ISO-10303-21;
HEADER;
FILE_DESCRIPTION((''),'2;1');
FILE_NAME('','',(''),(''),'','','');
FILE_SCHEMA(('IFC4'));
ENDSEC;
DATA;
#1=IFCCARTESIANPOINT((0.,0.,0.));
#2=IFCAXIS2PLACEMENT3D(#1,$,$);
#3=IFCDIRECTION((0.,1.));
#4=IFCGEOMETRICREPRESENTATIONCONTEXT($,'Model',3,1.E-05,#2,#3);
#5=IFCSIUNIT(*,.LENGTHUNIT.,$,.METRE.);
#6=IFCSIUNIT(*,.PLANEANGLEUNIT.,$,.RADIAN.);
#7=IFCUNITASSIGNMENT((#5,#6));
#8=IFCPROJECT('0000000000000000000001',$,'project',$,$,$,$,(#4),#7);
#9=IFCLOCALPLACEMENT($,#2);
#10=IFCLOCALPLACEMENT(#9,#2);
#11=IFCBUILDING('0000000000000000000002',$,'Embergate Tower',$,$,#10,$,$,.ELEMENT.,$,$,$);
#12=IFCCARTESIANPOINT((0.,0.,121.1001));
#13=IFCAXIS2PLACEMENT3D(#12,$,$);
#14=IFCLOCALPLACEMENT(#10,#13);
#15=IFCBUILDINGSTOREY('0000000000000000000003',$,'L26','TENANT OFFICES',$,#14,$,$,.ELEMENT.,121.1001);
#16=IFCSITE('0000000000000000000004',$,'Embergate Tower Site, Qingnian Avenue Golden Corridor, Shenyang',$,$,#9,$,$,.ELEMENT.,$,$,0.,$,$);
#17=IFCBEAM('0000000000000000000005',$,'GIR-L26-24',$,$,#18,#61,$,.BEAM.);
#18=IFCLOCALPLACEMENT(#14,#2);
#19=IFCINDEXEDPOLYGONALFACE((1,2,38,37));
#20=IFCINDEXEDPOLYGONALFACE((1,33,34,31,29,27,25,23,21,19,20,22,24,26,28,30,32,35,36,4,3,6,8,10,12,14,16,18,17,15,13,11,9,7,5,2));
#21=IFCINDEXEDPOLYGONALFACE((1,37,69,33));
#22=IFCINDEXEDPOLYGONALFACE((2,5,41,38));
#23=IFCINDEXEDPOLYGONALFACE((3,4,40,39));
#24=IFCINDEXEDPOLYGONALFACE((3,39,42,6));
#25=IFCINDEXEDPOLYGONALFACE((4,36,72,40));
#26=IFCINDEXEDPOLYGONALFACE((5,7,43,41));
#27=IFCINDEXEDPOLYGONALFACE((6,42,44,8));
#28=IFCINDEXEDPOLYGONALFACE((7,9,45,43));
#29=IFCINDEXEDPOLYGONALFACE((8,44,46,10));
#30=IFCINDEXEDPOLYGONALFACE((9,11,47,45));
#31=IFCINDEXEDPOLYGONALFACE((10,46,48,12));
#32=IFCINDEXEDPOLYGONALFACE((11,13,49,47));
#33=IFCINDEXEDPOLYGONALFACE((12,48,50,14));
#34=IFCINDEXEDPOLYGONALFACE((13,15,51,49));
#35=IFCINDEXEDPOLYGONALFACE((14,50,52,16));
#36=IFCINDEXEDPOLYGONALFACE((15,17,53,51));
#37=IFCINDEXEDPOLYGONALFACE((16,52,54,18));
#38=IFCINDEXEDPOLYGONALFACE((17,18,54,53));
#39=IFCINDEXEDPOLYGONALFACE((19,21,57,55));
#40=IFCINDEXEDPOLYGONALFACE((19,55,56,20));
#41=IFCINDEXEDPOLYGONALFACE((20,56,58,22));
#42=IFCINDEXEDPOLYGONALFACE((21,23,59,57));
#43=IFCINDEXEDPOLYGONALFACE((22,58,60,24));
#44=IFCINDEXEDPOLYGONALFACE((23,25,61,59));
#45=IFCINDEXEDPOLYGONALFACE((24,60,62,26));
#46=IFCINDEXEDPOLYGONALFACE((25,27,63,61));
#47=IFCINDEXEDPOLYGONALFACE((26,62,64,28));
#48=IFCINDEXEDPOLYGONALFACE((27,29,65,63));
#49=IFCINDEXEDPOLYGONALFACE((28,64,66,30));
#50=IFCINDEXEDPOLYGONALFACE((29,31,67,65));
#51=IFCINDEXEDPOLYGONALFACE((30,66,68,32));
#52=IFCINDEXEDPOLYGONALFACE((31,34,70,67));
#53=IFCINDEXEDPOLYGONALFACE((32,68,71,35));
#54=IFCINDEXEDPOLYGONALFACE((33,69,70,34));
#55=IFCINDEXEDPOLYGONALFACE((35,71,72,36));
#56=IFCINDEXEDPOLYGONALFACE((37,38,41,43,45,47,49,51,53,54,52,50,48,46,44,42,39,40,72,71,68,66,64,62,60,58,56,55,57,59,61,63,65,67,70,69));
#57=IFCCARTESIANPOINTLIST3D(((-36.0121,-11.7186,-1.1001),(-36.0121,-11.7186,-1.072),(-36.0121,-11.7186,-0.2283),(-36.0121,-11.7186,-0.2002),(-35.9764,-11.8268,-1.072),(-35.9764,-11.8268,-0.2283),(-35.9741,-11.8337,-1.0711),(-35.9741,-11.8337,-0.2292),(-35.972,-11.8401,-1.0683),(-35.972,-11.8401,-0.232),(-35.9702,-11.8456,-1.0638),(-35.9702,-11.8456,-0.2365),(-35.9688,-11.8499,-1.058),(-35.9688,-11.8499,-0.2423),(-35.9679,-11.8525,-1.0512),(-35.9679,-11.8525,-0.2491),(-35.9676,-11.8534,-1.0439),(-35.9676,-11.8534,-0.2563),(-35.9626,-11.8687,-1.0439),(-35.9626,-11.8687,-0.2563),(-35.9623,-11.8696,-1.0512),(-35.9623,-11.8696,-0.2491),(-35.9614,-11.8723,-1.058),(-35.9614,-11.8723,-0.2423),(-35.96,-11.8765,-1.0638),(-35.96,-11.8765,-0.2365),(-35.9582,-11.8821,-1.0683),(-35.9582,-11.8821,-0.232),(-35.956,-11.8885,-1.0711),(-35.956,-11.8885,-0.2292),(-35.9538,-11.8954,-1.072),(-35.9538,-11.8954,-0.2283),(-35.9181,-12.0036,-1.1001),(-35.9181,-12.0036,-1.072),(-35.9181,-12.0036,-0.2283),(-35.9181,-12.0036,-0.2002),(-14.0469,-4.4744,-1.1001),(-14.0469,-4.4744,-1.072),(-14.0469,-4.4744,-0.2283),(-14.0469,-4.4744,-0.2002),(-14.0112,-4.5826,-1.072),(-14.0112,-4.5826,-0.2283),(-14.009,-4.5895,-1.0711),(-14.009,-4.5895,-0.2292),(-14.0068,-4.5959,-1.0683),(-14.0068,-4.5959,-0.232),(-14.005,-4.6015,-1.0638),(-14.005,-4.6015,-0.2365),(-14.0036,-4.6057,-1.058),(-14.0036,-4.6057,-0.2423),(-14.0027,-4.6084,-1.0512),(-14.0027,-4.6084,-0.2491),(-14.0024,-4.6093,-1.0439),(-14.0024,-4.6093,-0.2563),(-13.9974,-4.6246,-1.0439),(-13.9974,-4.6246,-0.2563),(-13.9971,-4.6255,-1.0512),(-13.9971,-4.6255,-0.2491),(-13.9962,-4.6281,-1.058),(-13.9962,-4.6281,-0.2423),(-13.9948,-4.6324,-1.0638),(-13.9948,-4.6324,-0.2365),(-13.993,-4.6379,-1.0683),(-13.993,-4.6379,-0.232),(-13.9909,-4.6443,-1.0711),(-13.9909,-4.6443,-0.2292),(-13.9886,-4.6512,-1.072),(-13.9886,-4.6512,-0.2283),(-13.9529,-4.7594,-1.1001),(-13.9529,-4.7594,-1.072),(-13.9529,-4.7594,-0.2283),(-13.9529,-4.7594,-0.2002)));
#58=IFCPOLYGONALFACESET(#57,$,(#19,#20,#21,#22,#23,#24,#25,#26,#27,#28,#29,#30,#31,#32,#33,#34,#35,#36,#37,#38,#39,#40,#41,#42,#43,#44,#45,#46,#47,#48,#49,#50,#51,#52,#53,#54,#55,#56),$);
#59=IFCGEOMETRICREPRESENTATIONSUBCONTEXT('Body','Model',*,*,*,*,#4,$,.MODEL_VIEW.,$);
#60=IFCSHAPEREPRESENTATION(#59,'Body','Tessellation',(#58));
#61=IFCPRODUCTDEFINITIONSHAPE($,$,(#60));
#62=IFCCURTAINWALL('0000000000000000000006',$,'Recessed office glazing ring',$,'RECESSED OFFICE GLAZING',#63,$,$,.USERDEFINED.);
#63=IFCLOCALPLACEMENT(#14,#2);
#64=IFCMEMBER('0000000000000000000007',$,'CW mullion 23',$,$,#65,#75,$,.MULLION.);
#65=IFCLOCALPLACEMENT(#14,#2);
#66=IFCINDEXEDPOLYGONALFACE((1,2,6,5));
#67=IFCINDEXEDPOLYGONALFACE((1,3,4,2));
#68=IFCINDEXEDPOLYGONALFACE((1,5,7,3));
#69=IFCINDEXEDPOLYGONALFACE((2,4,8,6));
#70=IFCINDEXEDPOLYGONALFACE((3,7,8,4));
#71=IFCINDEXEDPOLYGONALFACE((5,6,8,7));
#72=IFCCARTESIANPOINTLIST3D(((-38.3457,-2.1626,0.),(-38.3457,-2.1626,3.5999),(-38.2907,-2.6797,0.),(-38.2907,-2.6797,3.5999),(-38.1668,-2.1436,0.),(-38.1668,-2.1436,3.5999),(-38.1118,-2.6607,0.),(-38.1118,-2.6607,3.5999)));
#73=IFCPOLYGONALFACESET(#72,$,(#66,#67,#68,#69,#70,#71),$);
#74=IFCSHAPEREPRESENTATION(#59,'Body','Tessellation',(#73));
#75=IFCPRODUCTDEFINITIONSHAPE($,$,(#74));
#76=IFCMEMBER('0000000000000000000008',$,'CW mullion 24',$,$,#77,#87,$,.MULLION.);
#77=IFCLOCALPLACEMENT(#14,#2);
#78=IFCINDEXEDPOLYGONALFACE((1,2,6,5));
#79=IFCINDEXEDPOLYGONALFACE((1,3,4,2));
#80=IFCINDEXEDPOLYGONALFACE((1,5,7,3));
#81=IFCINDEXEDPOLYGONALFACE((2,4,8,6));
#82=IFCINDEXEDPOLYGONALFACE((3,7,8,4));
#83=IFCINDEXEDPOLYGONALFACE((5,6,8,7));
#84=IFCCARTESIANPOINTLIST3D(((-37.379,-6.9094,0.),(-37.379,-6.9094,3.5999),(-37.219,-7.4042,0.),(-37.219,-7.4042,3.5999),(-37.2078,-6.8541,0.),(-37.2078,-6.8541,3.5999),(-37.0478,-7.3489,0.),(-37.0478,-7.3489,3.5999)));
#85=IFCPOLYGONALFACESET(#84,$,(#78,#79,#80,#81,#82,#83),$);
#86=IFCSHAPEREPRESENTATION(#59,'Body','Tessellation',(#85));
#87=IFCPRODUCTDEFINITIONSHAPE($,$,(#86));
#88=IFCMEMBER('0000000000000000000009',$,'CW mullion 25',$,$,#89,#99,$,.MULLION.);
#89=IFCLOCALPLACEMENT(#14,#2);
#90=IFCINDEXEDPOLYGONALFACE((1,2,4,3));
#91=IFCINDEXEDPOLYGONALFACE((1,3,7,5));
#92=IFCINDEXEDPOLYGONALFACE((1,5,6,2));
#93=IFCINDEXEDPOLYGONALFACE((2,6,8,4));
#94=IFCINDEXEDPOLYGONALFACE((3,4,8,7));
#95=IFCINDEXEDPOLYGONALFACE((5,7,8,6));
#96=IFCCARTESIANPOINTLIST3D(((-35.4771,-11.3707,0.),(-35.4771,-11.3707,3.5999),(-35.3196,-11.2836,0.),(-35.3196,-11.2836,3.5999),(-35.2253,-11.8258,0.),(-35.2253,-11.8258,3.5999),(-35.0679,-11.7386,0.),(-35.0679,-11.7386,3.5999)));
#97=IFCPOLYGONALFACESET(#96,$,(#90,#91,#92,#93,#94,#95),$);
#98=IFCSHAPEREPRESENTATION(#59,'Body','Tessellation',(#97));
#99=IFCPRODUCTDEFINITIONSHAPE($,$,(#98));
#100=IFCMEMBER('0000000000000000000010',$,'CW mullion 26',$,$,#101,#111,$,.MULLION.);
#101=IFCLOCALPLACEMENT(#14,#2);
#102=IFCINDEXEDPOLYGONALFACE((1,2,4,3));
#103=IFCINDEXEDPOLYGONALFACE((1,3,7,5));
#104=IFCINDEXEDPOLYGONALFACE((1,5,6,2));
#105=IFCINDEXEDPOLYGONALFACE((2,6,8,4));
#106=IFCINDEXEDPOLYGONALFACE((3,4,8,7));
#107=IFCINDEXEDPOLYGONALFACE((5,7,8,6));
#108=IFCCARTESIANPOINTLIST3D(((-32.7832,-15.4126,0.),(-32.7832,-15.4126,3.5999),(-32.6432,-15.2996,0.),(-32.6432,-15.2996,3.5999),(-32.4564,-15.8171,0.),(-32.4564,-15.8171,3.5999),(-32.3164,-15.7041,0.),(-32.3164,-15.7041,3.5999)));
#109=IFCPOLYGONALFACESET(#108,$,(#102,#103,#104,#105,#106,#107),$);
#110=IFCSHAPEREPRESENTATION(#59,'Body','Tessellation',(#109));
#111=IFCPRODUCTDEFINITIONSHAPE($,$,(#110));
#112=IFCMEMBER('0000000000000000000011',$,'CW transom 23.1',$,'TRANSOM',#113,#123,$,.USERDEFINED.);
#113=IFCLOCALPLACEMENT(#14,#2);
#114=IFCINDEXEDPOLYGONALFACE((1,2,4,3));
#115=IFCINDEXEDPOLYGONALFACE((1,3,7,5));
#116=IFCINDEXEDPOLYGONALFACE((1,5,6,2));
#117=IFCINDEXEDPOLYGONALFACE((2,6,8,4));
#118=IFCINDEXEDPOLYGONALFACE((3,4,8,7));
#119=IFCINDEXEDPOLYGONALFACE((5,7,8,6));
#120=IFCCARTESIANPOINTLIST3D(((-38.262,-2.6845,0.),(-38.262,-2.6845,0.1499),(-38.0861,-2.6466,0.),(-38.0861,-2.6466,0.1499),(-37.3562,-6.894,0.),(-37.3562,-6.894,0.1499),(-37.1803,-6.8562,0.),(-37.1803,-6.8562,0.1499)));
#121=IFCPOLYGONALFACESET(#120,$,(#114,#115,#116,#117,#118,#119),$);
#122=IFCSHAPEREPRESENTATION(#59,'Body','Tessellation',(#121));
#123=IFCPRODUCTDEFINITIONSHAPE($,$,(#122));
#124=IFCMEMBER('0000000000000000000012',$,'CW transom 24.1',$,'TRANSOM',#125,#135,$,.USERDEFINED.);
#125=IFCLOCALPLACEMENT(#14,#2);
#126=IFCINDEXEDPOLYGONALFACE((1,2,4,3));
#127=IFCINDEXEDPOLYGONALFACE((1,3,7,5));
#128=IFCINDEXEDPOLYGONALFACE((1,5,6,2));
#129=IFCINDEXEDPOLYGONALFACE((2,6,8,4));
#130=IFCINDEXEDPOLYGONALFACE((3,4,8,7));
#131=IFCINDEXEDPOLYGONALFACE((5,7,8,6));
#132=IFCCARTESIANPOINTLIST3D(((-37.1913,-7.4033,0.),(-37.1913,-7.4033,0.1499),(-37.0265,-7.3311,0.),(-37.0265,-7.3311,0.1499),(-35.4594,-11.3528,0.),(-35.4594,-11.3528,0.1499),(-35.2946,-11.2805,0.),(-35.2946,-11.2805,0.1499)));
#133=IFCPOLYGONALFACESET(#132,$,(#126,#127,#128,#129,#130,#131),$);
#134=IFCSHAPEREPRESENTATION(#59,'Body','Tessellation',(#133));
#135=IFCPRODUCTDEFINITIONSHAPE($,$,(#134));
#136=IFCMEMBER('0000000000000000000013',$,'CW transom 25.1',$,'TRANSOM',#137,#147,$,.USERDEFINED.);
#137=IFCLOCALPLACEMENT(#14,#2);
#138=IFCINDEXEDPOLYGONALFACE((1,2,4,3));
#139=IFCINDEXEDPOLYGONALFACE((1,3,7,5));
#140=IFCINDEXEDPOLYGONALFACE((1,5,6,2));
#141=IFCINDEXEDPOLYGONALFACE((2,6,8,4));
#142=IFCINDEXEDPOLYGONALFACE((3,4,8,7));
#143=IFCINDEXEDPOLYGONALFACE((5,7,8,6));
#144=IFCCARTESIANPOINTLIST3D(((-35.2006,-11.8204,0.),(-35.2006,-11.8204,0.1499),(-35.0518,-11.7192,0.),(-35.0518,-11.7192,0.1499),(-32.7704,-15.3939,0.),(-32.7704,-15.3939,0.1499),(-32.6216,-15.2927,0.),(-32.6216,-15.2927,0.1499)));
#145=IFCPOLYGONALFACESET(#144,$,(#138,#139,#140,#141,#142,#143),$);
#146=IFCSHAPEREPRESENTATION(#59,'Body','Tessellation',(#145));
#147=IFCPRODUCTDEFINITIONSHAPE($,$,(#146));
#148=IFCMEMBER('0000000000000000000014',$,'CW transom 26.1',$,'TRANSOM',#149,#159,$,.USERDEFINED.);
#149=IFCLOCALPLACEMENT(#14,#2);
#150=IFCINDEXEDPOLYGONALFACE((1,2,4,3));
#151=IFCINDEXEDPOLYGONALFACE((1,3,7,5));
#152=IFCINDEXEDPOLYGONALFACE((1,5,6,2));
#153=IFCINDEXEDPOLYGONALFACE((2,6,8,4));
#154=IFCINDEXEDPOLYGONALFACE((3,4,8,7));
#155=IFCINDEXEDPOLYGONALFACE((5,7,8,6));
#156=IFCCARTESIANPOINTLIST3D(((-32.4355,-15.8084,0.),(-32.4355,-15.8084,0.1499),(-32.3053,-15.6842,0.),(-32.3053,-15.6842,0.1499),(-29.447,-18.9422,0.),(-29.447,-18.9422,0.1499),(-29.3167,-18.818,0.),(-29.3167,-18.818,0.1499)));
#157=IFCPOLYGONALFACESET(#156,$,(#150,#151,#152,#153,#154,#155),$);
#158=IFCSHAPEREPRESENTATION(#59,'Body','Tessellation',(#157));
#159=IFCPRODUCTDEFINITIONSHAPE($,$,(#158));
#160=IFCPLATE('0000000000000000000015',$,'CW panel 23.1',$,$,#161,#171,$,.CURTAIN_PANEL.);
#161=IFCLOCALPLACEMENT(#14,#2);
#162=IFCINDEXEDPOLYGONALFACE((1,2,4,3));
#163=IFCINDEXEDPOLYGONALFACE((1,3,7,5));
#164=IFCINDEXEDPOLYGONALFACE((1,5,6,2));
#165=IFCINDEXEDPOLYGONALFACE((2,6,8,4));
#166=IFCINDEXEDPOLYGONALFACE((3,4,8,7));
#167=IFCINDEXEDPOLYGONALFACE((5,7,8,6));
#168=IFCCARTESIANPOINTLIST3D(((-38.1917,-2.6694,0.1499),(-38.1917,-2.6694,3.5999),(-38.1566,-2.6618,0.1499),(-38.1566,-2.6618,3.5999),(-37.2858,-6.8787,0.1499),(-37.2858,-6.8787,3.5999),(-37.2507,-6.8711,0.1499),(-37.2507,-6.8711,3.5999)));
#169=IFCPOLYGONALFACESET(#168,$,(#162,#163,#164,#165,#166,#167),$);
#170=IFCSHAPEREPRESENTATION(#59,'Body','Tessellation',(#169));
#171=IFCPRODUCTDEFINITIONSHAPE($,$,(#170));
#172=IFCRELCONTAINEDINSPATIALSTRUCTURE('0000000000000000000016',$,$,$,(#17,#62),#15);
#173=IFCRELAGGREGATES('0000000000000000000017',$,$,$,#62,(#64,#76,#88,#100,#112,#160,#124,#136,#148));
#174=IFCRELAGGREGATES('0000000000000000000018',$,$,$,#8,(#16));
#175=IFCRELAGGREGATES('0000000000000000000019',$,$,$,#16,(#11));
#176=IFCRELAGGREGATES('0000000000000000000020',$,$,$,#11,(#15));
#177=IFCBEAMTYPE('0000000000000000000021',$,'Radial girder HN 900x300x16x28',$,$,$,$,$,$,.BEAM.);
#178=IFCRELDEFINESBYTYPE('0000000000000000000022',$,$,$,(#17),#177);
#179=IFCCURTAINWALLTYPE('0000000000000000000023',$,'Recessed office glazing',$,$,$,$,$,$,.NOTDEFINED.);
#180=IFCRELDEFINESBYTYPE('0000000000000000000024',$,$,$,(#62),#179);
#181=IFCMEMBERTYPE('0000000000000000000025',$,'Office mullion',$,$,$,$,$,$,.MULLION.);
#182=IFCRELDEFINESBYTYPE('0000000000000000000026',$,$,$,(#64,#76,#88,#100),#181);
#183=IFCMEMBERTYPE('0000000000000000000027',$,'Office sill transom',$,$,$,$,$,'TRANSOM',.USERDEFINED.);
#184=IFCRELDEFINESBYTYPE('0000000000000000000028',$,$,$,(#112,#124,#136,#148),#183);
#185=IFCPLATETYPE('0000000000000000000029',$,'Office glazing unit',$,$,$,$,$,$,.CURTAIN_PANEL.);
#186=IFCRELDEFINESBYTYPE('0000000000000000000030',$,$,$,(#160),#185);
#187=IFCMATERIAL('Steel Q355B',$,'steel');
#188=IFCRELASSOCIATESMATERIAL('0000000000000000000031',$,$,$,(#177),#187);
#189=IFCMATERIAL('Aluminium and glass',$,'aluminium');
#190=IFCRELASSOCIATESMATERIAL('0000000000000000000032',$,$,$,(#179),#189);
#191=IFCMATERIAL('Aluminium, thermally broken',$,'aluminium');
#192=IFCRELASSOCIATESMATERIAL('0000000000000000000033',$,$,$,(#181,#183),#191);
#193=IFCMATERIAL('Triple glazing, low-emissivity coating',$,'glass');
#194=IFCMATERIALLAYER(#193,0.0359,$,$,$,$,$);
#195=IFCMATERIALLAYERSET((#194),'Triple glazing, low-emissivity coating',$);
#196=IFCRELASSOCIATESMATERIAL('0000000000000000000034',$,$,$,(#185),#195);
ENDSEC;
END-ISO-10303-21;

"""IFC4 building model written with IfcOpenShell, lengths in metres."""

from ifc_helpers import new_model, si_unit, direction, frame, origin, origin_2d, place, context, subcontext, project, spatial, rectangle, i_section, extrude, source, transform, mapped, material, layer, layer_set, material_profile, profile_set, type_object, element, aggregate, save


model = new_model("IFC4")

# Units and contexts
model_context = context("Model", 3, precision=1e-05, world=origin(), true_north=direction((0.0, 1.0)))
body_context = subcontext(model_context, "Body", "Model", "MODEL_VIEW")
ifc_project = project(units=[si_unit("LENGTHUNIT", "METRE"), si_unit("PLANEANGLEUNIT", "RADIAN")], contexts=[model_context])

# Site, building, storey
site_placement = place(None, origin())
site = spatial("IfcSite", under=ifc_project, at=site_placement, Name="Embergate Tower Site, Qingnian Avenue Golden Corridor, Shenyang", CompositionType="ELEMENT", RefElevation=0.0)
building_placement = place(site_placement, origin())
building = spatial("IfcBuilding", under=site, at=building_placement, Name="Embergate Tower", CompositionType="ELEMENT")
storey_placement = place(building_placement, frame((0.0, 0.0, 121.1001)))
storey = spatial("IfcBuildingStorey", under=building, at=storey_placement, Name="L26", Description="TENANT OFFICES", CompositionType="ELEMENT", Elevation=121.1001)

# Beam
ifc_material_1 = material(Name="Steel Q355B", Category="steel")
ifc_material_profile_1 = material_profile(ifc_material_1, i_section(OverallWidth=0.3, OverallDepth=0.8999, WebThickness=0.0161, FlangeThickness=0.0281, FilletRadius=0.0281, at=origin_2d()), Name="HN 900x300x16x28")
ifc_profile_set_1 = profile_set([ifc_material_profile_1], Name="Steel Q355 grade B")
beam_type_1 = type_object("IfcBeamType", Name="Radial girder HN 900x300x16x28", PredefinedType="BEAM", material=ifc_profile_set_1)
shared_shape_1 = source(origin(), body_context, "Body", "SweptSolid", [
    extrude(i_section(OverallWidth=0.3, OverallDepth=0.8999, WebThickness=0.0161, FlangeThickness=0.0281, FilletRadius=0.0281, at=origin_2d()), origin(), (0.0, 0.0, 1.0), 23.1289),
])
beam_1_placement = place(storey_placement, frame((-35.9651, -11.8611, -0.6501), z_axis=(0.949684, 0.313208, 0.0), x_axis=(-0.313208, 0.949684, 0.0)))
element("IfcBeam", 1, at=beam_1_placement, inside=storey, type_object=beam_type_1, Name="GIR-L26-24", PredefinedType="BEAM", context=body_context, shape_type="MappedRepresentation", body=[
    mapped(shared_shape_1, transform((0.0, 0.0, 0.0))),
])

# Curtain wall, members, plate
ifc_material_2 = material(Name="Aluminium and glass", Category="aluminium")
curtain_wall_type = type_object("IfcCurtainWallType", Name="Recessed office glazing", PredefinedType="NOTDEFINED", material=ifc_material_2)
curtain_wall_placement = place(storey_placement, origin())
curtain_wall = element("IfcCurtainWall", 2, at=curtain_wall_placement, inside=storey, type_object=curtain_wall_type, Name="Recessed office glazing ring", ObjectType="RECESSED OFFICE GLAZING", PredefinedType="USERDEFINED")
ifc_material_3 = material(Name="Aluminium, thermally broken", Category="aluminium")
ifc_material_profile_2 = material_profile(ifc_material_3, rectangle(XDim=0.1799, YDim=0.52, at=origin_2d()), Name="AL 520x180")
ifc_profile_set_2 = profile_set([ifc_material_profile_2], Name="Aluminium, thermally broken")
member_type_1 = type_object("IfcMemberType", Name="Office mullion", PredefinedType="MULLION", material=ifc_profile_set_2)
shared_shape_2 = source(origin(), body_context, "Body", "SweptSolid", [
    extrude(rectangle(XDim=0.1799, YDim=0.52, at=origin_2d()), origin(), (0.0, 0.0, 1.0), 3.5999),
])
member_1_placement = place(storey_placement, frame((-38.2288, -2.4116, 0.0), z_axis=(0.0, 0.0, 1.0), x_axis=(0.994385, 0.105822, 0.0)))
member_1 = element("IfcMember", 3, at=member_1_placement, type_object=member_type_1, Name="CW mullion 23", PredefinedType="MULLION", context=body_context, shape_type="MappedRepresentation", body=[
    mapped(shared_shape_2, transform((0.0, 0.0, 0.0))),
])
member_2_placement = place(storey_placement, frame((-37.2134, -7.1292, 0.0), z_axis=(0.0, 0.0, 1.0), x_axis=(0.951499, 0.307652, 0.0)))
member_2 = element("IfcMember", 4, at=member_2_placement, type_object=member_type_1, Name="CW mullion 24", PredefinedType="MULLION", context=body_context, shape_type="MappedRepresentation", body=[
    mapped(shared_shape_2, transform((0.0, 0.0, 0.0))),
])
member_3_placement = place(storey_placement, frame((-35.2725, -11.5547, 0.0), z_axis=(0.0, 0.0, 1.0), x_axis=(0.875004, 0.484116, 0.0)))
member_3 = element("IfcMember", 5, at=member_3_placement, type_object=member_type_1, Name="CW mullion 25", PredefinedType="MULLION", context=body_context, shape_type="MappedRepresentation", body=[
    mapped(shared_shape_2, transform((0.0, 0.0, 0.0))),
])
member_4_placement = place(storey_placement, frame((-32.5498, -15.5583, 0.0), z_axis=(0.0, 0.0, 1.0), x_axis=(0.777875, 0.628419, 0.0)))
member_4 = element("IfcMember", 6, at=member_4_placement, type_object=member_type_1, Name="CW mullion 26", PredefinedType="MULLION", context=body_context, shape_type="MappedRepresentation", body=[
    mapped(shared_shape_2, transform((0.0, 0.0, 0.0))),
])
ifc_material_profile_3 = material_profile(ifc_material_3, rectangle(XDim=0.1799, YDim=0.1499, at=origin_2d()), Name="AL 150x180")
ifc_profile_set_3 = profile_set([ifc_material_profile_3], Name="Aluminium, thermally broken")
member_type_2 = type_object("IfcMemberType", Name="Office sill transom", ElementType="TRANSOM", PredefinedType="USERDEFINED", material=ifc_profile_set_3)
shared_shape_3 = source(origin(), body_context, "Body", "SweptSolid", [
    extrude(rectangle(XDim=0.1799, YDim=0.1499, at=origin_2d()), origin(), (0.0, 0.0, 1.0), 4.3059),
])
member_5_placement = place(storey_placement, frame((-38.1741, -2.6655, 0.075), z_axis=(0.210358, -0.977624, 0.0), x_axis=(0.977624, 0.210358, 0.0)))
member_5 = element("IfcMember", 7, at=member_5_placement, type_object=member_type_2, Name="CW transom 23.1", ObjectType="TRANSOM", PredefinedType="USERDEFINED", context=body_context, shape_type="MappedRepresentation", body=[
    mapped(shared_shape_3, transform((0.0, 0.0, 0.0))),
])
shared_shape_4 = source(origin(), body_context, "Body", "SweptSolid", [
    extrude(rectangle(XDim=0.1799, YDim=0.1499, at=origin_2d()), origin(), (0.0, 0.0, 1.0), 4.3125),
])
member_6_placement = place(storey_placement, frame((-37.1089, -7.3672, 0.075), z_axis=(0.401606, -0.915813, 0.0), x_axis=(0.915813, 0.401606, 0.0)))
member_6 = element("IfcMember", 8, at=member_6_placement, type_object=member_type_2, Name="CW transom 24.1", ObjectType="TRANSOM", PredefinedType="USERDEFINED", context=body_context, shape_type="MappedRepresentation", body=[
    mapped(shared_shape_4, transform((0.0, 0.0, 0.0))),
])
shared_shape_5 = source(origin(), body_context, "Body", "SweptSolid", [
    extrude(rectangle(XDim=0.1799, YDim=0.1499, at=origin_2d()), origin(), (0.0, 0.0, 1.0), 4.3215),
])
member_7_placement = place(storey_placement, frame((-35.1262, -11.7698, 0.075), z_axis=(0.562342, -0.826904, 0.0), x_axis=(0.826904, 0.562342, 0.0)))
member_7 = element("IfcMember", 9, at=member_7_placement, type_object=member_type_2, Name="CW transom 25.1", ObjectType="TRANSOM", PredefinedType="USERDEFINED", context=body_context, shape_type="MappedRepresentation", body=[
    mapped(shared_shape_5, transform((0.0, 0.0, 0.0))),
])
shared_shape_6 = source(origin(), body_context, "Body", "SweptSolid", [
    extrude(rectangle(XDim=0.1799, YDim=0.1499, at=origin_2d()), origin(), (0.0, 0.0, 1.0), 4.3303),
])
member_8_placement = place(storey_placement, frame((-32.3704, -15.7463, 0.075), z_axis=(0.690135, -0.723681, 0.0), x_axis=(0.723681, 0.690135, 0.0)))
member_8 = element("IfcMember", 10, at=member_8_placement, type_object=member_type_2, Name="CW transom 26.1", ObjectType="TRANSOM", PredefinedType="USERDEFINED", context=body_context, shape_type="MappedRepresentation", body=[
    mapped(shared_shape_6, transform((0.0, 0.0, 0.0))),
])
ifc_material_4 = material(Name="Triple glazing, low-emissivity coating", Category="glass")
ifc_layer_1 = layer(ifc_material_4, 0.0359)
ifc_layer_set_1 = layer_set([ifc_layer_1], Name="Triple glazing, low-emissivity coating")
plate_type = type_object("IfcPlateType", Name="Office glazing unit", PredefinedType="CURTAIN_PANEL", material=ifc_layer_set_1)
shared_shape_7 = source(origin(), body_context, "Body", "SweptSolid", [
    extrude(rectangle(XDim=4.3057, YDim=0.0359, at=origin_2d()), origin(), (0.0, 0.0, 1.0), 3.45),
])
plate_1_placement = place(storey_placement, frame((-37.7212, -4.7703, 0.1499), z_axis=(0.0, 0.0, 1.0), x_axis=(0.210398, -0.977616, 0.0)))
plate_1 = element("IfcPlate", 11, at=plate_1_placement, type_object=plate_type, Name="CW panel 23.1", PredefinedType="CURTAIN_PANEL", context=body_context, shape_type="MappedRepresentation", body=[
    mapped(shared_shape_7, transform((0.0, 0.0, 0.0))),
])
aggregate(curtain_wall, [member_1, member_2, member_3, member_4, member_5, plate_1, member_6, member_7, member_8])

save(model, "model.ifc")
